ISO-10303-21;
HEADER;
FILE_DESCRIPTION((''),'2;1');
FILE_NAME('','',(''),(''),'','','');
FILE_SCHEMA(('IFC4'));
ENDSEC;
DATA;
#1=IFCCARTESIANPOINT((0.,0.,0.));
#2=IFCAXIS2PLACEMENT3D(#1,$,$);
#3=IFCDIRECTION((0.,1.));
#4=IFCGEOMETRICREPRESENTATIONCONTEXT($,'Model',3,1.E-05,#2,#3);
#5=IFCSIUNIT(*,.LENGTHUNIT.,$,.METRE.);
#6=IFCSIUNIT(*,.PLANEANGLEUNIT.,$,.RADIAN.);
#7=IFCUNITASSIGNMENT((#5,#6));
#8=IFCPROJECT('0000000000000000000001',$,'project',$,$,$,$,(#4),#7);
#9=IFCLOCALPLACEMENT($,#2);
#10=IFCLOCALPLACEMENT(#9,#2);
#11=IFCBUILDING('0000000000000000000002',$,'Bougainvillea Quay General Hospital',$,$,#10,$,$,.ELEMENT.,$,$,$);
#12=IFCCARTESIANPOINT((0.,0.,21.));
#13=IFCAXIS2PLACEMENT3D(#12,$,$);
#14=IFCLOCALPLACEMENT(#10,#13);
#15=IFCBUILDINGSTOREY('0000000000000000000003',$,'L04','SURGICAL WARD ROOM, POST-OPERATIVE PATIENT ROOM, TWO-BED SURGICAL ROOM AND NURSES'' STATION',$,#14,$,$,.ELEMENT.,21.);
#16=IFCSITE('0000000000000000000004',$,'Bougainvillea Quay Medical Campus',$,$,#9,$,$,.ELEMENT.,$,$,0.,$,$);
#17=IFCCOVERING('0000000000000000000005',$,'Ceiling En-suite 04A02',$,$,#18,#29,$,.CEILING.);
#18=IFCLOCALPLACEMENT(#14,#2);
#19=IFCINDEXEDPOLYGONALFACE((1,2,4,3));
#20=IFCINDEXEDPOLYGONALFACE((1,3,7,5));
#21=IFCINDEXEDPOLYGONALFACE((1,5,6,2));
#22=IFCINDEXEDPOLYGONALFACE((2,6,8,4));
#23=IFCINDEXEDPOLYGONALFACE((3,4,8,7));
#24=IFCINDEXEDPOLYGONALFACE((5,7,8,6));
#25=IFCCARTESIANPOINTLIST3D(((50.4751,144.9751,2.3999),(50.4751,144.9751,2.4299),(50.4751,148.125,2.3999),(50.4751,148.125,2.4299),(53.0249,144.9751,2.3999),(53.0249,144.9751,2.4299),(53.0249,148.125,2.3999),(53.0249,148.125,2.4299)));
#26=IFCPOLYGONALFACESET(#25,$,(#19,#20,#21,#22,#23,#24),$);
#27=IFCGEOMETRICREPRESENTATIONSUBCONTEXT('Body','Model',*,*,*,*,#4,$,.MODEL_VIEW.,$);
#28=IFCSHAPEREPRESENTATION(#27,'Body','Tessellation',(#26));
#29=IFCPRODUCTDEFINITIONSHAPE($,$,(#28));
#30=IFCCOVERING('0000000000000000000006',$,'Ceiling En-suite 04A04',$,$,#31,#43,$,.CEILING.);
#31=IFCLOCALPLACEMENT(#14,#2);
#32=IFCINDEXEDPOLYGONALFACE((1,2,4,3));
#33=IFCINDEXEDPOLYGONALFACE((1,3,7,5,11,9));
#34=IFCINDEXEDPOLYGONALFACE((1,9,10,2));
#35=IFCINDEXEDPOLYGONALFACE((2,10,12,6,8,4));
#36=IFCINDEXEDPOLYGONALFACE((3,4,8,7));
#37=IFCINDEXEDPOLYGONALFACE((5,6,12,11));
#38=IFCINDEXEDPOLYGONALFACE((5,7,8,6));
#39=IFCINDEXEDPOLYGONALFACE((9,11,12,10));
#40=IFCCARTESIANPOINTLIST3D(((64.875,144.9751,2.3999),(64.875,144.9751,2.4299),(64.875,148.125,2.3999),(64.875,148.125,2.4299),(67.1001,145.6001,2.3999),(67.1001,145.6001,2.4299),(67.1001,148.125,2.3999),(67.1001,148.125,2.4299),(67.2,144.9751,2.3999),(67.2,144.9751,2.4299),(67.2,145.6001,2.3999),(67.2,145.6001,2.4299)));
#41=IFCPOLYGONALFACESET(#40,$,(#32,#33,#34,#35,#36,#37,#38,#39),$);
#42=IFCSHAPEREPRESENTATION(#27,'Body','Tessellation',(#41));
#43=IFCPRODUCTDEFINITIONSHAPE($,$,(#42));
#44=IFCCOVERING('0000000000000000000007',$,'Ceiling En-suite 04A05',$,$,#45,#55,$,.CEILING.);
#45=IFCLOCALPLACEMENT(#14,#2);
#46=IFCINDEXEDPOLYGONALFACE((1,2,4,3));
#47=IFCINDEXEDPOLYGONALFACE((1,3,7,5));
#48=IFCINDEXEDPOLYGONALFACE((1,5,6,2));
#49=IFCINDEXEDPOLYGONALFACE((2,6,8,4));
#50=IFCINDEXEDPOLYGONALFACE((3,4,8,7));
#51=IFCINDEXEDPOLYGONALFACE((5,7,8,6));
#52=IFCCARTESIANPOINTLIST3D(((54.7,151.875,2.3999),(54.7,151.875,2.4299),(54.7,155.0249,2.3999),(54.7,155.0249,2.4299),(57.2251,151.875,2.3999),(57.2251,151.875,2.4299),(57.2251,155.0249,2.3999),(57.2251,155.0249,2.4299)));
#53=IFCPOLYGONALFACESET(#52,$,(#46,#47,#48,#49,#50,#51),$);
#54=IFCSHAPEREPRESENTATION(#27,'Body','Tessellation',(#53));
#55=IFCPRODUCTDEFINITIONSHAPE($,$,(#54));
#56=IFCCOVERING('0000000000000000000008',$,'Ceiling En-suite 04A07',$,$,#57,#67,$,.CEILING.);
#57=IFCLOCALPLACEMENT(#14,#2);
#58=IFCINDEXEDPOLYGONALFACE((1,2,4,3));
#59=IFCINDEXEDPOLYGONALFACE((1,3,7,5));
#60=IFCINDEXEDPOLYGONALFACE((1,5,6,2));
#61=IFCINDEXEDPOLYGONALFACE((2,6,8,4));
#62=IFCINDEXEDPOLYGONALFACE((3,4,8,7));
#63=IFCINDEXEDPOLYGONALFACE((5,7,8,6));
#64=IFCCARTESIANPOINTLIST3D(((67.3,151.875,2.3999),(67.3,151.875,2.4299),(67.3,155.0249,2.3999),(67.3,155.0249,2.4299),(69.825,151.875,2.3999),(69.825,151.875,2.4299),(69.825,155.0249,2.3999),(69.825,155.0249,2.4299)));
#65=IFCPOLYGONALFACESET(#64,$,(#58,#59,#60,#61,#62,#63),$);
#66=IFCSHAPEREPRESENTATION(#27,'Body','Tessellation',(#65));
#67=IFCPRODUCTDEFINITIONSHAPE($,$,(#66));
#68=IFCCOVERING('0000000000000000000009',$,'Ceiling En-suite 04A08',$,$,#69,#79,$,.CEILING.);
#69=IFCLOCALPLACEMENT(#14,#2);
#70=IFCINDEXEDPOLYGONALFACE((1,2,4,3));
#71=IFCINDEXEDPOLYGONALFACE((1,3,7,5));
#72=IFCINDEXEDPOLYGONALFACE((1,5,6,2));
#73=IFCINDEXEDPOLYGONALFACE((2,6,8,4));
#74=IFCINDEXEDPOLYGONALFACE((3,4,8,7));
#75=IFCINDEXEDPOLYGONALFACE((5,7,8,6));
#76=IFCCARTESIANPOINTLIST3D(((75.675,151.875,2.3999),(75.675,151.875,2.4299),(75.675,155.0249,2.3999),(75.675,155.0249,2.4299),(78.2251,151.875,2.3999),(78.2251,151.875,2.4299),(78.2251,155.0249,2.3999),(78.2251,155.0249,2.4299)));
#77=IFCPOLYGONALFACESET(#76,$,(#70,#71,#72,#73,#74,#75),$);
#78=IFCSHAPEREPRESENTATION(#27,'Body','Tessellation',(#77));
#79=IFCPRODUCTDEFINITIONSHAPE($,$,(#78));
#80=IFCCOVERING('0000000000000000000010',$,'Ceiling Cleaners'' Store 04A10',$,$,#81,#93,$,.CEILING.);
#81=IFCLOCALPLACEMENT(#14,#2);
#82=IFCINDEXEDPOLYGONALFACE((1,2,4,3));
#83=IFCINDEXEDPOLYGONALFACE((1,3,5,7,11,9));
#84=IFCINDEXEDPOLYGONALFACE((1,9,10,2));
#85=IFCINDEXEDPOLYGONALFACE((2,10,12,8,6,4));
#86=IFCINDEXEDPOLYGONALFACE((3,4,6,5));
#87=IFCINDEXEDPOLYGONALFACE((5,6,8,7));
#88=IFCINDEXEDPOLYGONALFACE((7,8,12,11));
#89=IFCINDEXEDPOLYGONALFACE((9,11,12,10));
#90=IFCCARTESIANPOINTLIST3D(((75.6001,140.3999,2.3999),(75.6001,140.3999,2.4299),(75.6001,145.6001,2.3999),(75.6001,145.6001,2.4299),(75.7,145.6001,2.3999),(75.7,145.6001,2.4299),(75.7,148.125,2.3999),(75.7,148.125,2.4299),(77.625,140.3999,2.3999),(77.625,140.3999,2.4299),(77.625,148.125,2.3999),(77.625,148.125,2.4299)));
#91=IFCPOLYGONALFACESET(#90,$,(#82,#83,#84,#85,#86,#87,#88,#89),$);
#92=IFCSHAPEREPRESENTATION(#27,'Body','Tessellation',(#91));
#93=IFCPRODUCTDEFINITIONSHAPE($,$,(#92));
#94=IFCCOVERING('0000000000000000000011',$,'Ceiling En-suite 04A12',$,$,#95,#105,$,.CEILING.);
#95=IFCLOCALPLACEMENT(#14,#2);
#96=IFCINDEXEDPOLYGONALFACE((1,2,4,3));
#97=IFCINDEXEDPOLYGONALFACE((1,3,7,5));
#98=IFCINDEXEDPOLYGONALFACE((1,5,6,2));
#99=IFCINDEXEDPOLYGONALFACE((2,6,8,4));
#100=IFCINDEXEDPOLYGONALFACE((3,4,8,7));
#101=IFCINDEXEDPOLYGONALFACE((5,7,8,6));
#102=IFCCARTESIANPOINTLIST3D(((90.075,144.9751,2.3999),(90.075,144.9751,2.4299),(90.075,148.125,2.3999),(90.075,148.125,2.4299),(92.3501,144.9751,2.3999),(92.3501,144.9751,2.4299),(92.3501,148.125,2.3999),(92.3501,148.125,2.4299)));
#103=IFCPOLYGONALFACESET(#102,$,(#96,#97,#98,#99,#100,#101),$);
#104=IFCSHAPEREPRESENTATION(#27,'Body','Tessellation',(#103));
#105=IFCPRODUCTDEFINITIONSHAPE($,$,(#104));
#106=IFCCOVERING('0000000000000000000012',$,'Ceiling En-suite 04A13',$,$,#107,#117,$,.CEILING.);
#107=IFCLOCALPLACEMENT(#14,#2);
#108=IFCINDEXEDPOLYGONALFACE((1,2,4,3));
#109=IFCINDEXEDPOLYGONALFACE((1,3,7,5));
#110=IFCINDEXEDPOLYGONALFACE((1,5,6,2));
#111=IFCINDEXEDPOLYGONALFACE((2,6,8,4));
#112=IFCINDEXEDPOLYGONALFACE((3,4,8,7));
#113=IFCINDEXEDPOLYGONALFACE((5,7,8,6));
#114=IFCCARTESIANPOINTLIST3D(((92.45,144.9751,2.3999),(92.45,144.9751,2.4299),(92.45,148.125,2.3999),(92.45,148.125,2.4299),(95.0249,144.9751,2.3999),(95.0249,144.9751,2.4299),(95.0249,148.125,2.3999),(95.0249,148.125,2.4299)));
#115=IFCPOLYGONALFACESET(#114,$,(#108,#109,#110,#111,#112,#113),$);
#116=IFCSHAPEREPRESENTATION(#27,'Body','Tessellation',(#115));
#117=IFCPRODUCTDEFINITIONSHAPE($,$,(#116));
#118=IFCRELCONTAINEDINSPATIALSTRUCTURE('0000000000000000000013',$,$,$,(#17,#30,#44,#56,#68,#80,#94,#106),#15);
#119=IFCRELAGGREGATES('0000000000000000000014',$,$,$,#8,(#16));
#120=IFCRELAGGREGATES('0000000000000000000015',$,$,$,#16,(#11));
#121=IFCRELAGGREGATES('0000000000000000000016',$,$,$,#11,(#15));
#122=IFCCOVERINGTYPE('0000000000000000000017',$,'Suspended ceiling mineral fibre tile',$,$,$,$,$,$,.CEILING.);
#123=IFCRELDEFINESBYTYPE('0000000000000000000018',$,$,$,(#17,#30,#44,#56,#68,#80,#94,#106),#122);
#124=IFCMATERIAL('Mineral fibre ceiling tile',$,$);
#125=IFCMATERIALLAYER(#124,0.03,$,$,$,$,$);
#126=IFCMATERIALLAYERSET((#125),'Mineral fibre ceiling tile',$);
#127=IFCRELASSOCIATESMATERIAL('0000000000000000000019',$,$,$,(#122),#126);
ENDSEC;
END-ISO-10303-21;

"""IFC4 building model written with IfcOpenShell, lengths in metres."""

from ifc_helpers import new_model, si_unit, direction, frame, origin, place, context, subcontext, project, spatial, polyline, outline, extrude, material, layer, layer_set, type_object, element, save


model = new_model("IFC4")

# Units and contexts
model_context = context("Model", 3, precision=1e-05, world=origin(), true_north=direction((0.0, 1.0)))
body_context = subcontext(model_context, "Body", "Model", "MODEL_VIEW")
ifc_project = project(units=[si_unit("LENGTHUNIT", "METRE"), si_unit("PLANEANGLEUNIT", "RADIAN")], contexts=[model_context])

# Site, building, storey
site_placement = place(None, origin())
site = spatial("IfcSite", under=ifc_project, at=site_placement, Name="Bougainvillea Quay Medical Campus", CompositionType="ELEMENT", RefElevation=0.0)
building_placement = place(site_placement, origin())
building = spatial("IfcBuilding", under=site, at=building_placement, Name="Bougainvillea Quay General Hospital", CompositionType="ELEMENT")
storey_placement = place(building_placement, frame((0.0, 0.0, 21.0)))
storey = spatial("IfcBuildingStorey", under=building, at=storey_placement, Name="L04", Description="SURGICAL WARD ROOM, POST-OPERATIVE PATIENT ROOM, TWO-BED SURGICAL ROOM AND NURSES' STATION", CompositionType="ELEMENT", Elevation=21.0)

# Coverings
ifc_material_1 = material(Name="Mineral fibre ceiling tile")
ifc_layer_1 = layer(ifc_material_1, 0.03)
ifc_layer_set_1 = layer_set([ifc_layer_1], Name="Mineral fibre ceiling tile")
covering_type = type_object("IfcCoveringType", Name="Suspended ceiling mineral fibre tile", PredefinedType="CEILING", material=ifc_layer_set_1)
covering_1_placement = place(storey_placement, frame((0.0, 0.0, 2.3999)))
element("IfcCovering", 1, at=covering_1_placement, inside=storey, type_object=covering_type, Name="Ceiling En-suite 04A02", PredefinedType="CEILING", context=body_context, shape_type="SweptSolid", body=[
    extrude(outline(polyline([(53.0249, 148.125), (50.4751, 148.125), (50.4751, 144.9751), (53.0249, 144.9751), (53.0249, 148.125)])), origin(), (0.0, 0.0, 1.0), 0.03),
])
covering_2_placement = place(storey_placement, frame((0.0, 0.0, 2.3999)))
element("IfcCovering", 2, at=covering_2_placement, inside=storey, type_object=covering_type, Name="Ceiling En-suite 04A04", PredefinedType="CEILING", context=body_context, shape_type="SweptSolid", body=[
    extrude(outline(polyline([(67.2, 145.6001), (67.1001, 145.6001), (67.1001, 148.125), (64.875, 148.125), (64.875, 144.9751), (67.2, 144.9751), (67.2, 145.6001)])), origin(), (0.0, 0.0, 1.0), 0.03),
])
covering_3_placement = place(storey_placement, frame((0.0, 0.0, 2.3999)))
element("IfcCovering", 3, at=covering_3_placement, inside=storey, type_object=covering_type, Name="Ceiling En-suite 04A05", PredefinedType="CEILING", context=body_context, shape_type="SweptSolid", body=[
    extrude(outline(polyline([(54.7, 151.875), (57.2251, 151.875), (57.2251, 155.0249), (54.7, 155.0249), (54.7, 151.875)])), origin(), (0.0, 0.0, 1.0), 0.03),
])
covering_4_placement = place(storey_placement, frame((0.0, 0.0, 2.3999)))
element("IfcCovering", 4, at=covering_4_placement, inside=storey, type_object=covering_type, Name="Ceiling En-suite 04A07", PredefinedType="CEILING", context=body_context, shape_type="SweptSolid", body=[
    extrude(outline(polyline([(67.3, 155.0249), (67.3, 151.875), (69.825, 151.875), (69.825, 155.0249), (67.3, 155.0249)])), origin(), (0.0, 0.0, 1.0), 0.03),
])
covering_5_placement = place(storey_placement, frame((0.0, 0.0, 2.3999)))
element("IfcCovering", 5, at=covering_5_placement, inside=storey, type_object=covering_type, Name="Ceiling En-suite 04A08", PredefinedType="CEILING", context=body_context, shape_type="SweptSolid", body=[
    extrude(outline(polyline([(75.675, 151.875), (78.2251, 151.875), (78.2251, 155.0249), (75.675, 155.0249), (75.675, 151.875)])), origin(), (0.0, 0.0, 1.0), 0.03),
])
covering_6_placement = place(storey_placement, frame((0.0, 0.0, 2.3999)))
element("IfcCovering", 6, at=covering_6_placement, inside=storey, type_object=covering_type, Name="Ceiling Cleaners' Store 04A10", PredefinedType="CEILING", context=body_context, shape_type="SweptSolid", body=[
    extrude(outline(polyline([(77.625, 140.3999), (77.625, 148.125), (75.7, 148.125), (75.7, 145.6001), (75.6001, 145.6001), (75.6001, 140.3999), (77.625, 140.3999)])), origin(), (0.0, 0.0, 1.0), 0.03),
])
covering_7_placement = place(storey_placement, frame((0.0, 0.0, 2.3999)))
element("IfcCovering", 7, at=covering_7_placement, inside=storey, type_object=covering_type, Name="Ceiling En-suite 04A12", PredefinedType="CEILING", context=body_context, shape_type="SweptSolid", body=[
    extrude(outline(polyline([(90.075, 144.9751), (92.3501, 144.9751), (92.3501, 148.125), (90.075, 148.125), (90.075, 144.9751)])), origin(), (0.0, 0.0, 1.0), 0.03),
])
covering_8_placement = place(storey_placement, frame((0.0, 0.0, 2.3999)))
element("IfcCovering", 8, at=covering_8_placement, inside=storey, type_object=covering_type, Name="Ceiling En-suite 04A13", PredefinedType="CEILING", context=body_context, shape_type="SweptSolid", body=[
    extrude(outline(polyline([(95.0249, 144.9751), (95.0249, 148.125), (92.45, 148.125), (92.45, 144.9751), (95.0249, 144.9751)])), origin(), (0.0, 0.0, 1.0), 0.03),
])

save(model, "model.ifc")
